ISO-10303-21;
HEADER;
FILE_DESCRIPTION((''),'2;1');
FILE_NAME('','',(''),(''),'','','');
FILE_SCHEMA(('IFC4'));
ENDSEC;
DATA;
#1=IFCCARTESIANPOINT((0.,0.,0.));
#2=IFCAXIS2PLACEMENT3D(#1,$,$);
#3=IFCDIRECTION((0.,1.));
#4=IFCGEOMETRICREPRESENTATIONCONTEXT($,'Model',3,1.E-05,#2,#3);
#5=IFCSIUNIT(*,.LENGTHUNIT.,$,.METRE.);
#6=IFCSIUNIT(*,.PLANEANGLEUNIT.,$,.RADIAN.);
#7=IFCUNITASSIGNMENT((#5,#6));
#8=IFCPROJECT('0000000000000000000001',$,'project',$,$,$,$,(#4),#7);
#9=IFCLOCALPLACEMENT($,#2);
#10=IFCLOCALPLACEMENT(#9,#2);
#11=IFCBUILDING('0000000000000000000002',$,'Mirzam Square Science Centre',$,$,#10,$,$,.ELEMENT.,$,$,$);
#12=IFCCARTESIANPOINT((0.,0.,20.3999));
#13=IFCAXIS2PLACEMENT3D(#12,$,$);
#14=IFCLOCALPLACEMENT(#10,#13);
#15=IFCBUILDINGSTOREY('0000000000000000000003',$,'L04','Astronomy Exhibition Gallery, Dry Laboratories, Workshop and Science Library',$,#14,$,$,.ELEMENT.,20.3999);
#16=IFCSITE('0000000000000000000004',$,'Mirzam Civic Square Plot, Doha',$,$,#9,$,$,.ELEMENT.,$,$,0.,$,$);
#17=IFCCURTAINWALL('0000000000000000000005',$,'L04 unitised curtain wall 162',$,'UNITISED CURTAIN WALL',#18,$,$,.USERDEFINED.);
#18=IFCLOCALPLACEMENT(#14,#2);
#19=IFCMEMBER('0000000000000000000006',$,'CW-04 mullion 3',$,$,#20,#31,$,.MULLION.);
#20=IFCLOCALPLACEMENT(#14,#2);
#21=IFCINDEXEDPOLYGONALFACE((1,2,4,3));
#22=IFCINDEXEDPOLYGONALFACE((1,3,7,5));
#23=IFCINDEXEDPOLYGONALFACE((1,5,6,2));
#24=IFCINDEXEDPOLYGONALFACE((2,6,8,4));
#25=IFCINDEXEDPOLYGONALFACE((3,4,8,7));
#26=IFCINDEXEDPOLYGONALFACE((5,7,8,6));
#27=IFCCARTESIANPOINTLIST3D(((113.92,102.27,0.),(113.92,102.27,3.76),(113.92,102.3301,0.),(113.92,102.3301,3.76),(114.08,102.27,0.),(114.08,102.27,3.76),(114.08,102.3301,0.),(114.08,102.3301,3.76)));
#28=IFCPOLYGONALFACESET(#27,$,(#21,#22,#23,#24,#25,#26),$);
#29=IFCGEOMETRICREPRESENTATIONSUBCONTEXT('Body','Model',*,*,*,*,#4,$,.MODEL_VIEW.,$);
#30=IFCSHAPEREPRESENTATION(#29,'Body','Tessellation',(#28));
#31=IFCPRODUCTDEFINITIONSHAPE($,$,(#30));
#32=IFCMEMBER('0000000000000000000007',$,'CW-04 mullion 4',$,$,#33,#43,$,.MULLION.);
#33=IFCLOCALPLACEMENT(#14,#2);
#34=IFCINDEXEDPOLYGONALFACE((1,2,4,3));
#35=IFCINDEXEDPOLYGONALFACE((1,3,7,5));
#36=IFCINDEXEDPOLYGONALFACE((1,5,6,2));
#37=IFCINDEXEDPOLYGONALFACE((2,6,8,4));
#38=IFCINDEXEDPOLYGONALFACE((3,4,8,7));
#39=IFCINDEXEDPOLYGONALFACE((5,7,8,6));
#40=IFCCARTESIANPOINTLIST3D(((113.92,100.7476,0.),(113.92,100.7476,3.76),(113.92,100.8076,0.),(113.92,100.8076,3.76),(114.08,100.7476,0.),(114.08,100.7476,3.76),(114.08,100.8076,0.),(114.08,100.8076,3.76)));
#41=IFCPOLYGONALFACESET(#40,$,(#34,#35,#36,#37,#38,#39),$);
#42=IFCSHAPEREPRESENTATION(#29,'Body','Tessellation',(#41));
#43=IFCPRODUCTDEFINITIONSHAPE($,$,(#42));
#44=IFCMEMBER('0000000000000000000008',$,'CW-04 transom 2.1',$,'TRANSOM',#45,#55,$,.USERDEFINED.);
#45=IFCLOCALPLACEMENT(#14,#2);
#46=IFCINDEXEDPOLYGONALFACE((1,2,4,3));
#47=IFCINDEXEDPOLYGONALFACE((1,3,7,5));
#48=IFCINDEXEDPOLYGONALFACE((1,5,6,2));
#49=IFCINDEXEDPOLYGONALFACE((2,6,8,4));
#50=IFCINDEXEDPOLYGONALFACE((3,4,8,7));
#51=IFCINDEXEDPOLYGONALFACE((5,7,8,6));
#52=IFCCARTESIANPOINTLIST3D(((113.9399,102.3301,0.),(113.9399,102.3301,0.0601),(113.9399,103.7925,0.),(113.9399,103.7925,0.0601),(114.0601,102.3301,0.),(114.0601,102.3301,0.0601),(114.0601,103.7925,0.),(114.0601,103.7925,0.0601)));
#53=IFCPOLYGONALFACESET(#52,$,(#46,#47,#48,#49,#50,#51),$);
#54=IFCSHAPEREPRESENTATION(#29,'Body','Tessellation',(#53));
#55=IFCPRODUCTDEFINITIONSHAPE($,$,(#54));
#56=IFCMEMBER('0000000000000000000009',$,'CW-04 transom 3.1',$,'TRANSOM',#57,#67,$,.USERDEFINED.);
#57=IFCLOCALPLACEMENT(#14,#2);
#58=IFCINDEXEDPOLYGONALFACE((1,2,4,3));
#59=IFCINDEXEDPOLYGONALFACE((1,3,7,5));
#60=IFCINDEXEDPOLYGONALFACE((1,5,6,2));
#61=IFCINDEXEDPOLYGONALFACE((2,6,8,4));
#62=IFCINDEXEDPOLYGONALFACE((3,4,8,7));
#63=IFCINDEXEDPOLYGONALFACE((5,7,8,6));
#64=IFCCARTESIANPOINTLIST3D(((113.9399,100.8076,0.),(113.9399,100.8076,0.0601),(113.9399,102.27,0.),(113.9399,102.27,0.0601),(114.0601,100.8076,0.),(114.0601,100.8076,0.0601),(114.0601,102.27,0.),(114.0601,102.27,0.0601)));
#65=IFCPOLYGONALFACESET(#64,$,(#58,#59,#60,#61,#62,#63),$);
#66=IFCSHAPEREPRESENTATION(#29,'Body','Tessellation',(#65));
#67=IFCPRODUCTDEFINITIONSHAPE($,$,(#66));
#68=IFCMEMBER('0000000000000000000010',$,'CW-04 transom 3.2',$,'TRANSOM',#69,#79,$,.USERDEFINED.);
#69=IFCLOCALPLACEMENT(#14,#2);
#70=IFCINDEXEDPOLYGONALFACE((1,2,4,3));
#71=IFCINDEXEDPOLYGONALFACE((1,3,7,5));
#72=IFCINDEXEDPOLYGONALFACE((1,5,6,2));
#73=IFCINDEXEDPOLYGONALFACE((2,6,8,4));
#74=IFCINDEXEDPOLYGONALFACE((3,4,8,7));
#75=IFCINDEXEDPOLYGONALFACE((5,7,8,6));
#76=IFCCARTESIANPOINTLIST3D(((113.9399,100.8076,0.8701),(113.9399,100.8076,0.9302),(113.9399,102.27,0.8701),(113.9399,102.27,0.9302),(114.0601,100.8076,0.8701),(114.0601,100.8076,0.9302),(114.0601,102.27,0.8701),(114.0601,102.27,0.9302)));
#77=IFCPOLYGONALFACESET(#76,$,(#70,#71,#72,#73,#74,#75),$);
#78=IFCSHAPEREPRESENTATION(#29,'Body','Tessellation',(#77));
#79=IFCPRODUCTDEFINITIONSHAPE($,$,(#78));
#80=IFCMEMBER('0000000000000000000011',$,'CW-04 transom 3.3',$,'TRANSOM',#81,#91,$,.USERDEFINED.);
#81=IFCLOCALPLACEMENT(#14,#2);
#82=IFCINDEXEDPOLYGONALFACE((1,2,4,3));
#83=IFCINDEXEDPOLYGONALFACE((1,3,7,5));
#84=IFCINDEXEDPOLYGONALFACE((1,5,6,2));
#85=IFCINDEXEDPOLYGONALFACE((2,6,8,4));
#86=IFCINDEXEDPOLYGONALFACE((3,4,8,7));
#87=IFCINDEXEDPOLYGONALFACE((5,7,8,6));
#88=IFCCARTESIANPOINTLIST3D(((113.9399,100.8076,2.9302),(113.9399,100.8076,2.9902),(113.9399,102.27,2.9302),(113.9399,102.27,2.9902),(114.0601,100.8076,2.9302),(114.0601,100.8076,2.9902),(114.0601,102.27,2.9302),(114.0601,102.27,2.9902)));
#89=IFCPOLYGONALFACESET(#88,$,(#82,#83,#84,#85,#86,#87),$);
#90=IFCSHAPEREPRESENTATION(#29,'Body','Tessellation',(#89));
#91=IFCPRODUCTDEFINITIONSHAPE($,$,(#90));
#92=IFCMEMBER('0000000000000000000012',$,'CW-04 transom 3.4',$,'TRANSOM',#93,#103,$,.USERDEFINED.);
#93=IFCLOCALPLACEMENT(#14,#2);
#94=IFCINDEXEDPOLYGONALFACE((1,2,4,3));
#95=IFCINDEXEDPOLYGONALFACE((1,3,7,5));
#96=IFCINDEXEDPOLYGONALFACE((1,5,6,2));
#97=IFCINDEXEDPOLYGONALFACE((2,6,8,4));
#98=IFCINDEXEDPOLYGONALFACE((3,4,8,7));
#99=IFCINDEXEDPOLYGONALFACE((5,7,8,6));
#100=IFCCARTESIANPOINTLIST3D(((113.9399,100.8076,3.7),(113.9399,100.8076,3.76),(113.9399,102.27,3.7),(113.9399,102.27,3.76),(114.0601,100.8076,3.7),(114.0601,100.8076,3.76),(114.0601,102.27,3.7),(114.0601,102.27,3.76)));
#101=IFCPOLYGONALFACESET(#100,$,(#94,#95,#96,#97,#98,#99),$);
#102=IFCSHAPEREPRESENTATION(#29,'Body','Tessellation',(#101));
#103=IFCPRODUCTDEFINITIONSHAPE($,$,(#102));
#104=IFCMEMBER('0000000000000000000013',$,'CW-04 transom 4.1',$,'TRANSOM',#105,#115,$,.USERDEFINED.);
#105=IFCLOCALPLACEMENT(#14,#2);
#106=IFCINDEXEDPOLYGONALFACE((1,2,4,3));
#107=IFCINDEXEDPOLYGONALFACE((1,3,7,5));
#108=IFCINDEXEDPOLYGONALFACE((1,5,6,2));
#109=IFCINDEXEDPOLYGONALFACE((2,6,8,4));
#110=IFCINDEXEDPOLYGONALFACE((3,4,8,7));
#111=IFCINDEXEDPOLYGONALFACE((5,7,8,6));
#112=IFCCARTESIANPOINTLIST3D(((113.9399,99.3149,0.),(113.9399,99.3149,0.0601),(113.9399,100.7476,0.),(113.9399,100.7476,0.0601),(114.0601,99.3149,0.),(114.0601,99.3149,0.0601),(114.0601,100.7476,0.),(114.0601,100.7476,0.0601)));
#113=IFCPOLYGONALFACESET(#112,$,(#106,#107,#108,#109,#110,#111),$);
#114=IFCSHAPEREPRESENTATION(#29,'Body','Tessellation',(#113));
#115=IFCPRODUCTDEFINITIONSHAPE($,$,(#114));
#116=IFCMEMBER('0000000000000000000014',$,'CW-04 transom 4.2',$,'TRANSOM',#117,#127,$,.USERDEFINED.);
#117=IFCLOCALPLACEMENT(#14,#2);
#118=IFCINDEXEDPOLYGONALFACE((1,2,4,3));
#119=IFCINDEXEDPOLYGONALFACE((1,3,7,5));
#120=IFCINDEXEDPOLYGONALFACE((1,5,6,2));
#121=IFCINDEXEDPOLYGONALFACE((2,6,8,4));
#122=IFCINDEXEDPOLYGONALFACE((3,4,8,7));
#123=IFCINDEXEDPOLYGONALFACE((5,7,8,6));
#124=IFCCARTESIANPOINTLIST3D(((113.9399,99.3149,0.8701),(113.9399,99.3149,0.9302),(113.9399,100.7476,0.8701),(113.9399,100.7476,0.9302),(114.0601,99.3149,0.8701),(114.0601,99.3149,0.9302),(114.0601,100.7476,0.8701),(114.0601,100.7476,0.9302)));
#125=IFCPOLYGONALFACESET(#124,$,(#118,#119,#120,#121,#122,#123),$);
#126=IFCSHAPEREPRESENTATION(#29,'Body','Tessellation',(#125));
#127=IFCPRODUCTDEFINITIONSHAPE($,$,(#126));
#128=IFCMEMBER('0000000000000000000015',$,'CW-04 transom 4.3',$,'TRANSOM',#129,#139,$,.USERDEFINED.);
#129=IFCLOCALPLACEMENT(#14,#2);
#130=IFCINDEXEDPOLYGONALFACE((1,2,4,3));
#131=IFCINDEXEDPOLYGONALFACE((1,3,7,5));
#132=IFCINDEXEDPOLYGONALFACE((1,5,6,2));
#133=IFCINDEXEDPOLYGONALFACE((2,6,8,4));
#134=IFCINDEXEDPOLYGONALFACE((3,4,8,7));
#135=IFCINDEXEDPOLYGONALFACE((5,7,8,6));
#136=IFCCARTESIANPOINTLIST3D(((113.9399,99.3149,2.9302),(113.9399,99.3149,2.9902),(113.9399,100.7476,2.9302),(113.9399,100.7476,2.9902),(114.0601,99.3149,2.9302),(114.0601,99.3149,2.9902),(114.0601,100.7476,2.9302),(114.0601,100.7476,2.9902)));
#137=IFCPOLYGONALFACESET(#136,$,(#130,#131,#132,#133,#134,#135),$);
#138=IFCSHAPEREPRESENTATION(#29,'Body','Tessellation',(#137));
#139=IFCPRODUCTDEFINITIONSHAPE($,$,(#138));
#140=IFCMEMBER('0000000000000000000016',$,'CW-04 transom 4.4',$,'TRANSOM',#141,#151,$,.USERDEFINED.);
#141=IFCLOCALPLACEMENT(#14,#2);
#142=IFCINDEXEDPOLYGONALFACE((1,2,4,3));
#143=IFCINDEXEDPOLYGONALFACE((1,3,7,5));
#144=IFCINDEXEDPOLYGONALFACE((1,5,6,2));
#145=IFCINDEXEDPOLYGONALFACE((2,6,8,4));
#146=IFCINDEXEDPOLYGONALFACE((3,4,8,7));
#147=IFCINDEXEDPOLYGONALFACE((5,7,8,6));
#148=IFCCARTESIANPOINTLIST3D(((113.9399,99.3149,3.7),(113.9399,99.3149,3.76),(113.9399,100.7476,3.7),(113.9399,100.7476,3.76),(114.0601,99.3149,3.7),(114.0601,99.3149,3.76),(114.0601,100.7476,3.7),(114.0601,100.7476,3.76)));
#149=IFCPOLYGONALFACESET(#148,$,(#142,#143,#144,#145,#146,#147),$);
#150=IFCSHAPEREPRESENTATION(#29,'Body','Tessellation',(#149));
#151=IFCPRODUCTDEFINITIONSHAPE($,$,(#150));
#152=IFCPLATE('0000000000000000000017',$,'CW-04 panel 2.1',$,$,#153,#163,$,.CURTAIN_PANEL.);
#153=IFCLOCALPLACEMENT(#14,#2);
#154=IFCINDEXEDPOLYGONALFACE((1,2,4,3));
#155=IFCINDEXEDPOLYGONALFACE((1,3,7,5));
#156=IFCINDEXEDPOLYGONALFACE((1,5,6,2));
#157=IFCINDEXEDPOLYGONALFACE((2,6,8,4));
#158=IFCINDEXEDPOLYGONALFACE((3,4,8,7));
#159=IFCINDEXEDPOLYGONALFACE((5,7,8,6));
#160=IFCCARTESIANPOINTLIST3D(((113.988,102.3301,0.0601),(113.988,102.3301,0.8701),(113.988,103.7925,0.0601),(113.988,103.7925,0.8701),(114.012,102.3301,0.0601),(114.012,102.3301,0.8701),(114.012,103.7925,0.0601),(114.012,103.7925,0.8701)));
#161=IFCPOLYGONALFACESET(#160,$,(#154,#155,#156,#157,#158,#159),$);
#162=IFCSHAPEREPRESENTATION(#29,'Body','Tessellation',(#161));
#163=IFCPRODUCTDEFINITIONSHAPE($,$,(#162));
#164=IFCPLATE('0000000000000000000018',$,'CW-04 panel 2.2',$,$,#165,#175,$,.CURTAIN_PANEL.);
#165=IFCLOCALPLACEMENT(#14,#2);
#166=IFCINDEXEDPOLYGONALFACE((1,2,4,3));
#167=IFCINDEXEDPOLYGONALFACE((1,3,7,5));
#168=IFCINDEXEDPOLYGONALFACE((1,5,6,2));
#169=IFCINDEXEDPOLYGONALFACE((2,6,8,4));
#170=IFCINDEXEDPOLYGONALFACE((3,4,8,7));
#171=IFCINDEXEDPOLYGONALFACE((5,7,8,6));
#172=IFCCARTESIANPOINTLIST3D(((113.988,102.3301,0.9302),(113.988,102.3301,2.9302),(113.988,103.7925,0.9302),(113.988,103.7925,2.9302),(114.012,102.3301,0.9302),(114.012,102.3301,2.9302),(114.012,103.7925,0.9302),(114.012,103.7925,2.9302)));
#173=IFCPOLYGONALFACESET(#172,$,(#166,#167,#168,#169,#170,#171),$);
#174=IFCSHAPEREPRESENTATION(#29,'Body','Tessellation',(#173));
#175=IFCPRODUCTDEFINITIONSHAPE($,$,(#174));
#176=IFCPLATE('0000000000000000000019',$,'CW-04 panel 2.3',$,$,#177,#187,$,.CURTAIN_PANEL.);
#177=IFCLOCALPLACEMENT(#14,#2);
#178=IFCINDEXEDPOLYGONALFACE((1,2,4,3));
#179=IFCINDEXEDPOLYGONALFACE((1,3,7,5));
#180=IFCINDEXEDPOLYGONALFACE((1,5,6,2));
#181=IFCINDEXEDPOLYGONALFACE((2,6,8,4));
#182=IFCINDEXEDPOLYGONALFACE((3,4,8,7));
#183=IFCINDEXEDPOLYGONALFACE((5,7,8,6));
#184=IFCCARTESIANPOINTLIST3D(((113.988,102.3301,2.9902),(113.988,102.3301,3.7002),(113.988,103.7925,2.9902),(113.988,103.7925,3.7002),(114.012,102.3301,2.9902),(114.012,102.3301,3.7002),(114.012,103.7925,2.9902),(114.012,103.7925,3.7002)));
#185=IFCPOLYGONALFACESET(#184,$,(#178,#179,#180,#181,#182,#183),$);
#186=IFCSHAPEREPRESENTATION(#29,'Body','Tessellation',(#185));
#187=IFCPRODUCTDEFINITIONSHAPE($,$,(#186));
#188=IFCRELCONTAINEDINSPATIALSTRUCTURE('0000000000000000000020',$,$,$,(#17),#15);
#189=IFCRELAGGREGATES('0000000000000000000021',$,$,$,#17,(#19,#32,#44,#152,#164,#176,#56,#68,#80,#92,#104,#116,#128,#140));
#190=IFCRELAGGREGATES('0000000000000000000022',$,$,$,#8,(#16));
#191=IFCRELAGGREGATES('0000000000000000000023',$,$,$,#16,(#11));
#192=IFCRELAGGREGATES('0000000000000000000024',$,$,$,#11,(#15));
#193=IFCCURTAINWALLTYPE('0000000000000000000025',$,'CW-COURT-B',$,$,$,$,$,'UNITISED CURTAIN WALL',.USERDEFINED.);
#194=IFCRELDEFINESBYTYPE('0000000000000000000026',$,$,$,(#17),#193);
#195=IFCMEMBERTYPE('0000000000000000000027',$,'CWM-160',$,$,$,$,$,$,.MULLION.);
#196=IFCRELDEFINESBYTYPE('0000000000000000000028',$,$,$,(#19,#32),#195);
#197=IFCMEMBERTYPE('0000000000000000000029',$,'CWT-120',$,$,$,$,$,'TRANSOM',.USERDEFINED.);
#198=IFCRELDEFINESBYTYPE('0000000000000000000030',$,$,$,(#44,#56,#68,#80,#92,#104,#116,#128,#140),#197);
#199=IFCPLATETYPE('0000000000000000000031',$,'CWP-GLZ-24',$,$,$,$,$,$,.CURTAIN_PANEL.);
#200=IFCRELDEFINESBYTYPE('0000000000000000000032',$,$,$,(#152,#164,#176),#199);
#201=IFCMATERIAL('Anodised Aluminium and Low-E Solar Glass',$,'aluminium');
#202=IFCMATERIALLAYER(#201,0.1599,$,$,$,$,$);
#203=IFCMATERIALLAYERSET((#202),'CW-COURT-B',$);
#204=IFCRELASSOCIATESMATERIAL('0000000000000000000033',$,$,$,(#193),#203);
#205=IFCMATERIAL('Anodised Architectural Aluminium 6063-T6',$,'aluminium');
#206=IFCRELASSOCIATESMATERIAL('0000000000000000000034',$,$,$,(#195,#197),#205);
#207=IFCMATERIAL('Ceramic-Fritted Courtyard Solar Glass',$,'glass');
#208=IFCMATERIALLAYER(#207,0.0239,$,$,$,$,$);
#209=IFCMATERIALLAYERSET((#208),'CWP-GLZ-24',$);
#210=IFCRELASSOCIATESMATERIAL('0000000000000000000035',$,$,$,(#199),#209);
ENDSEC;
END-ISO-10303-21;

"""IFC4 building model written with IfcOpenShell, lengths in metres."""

from ifc_helpers import new_model, si_unit, direction, frame, origin, origin_2d, place, context, subcontext, project, spatial, rectangle, extrude, material, layer, layer_set, material_profile, profile_set, type_object, element, aggregate, save


model = new_model("IFC4")

# Units and contexts
model_context = context("Model", 3, precision=1e-05, world=origin(), true_north=direction((0.0, 1.0)))
body_context = subcontext(model_context, "Body", "Model", "MODEL_VIEW")
ifc_project = project(units=[si_unit("LENGTHUNIT", "METRE"), si_unit("PLANEANGLEUNIT", "RADIAN")], contexts=[model_context])

# Site, building, storey
site_placement = place(None, origin())
site = spatial("IfcSite", under=ifc_project, at=site_placement, Name="Mirzam Civic Square Plot, Doha", CompositionType="ELEMENT", RefElevation=0.0)
building_placement = place(site_placement, origin())
building = spatial("IfcBuilding", under=site, at=building_placement, Name="Mirzam Square Science Centre", CompositionType="ELEMENT")
storey_placement = place(building_placement, frame((0.0, 0.0, 20.3999)))
storey = spatial("IfcBuildingStorey", under=building, at=storey_placement, Name="L04", Description="Astronomy Exhibition Gallery, Dry Laboratories, Workshop and Science Library", CompositionType="ELEMENT", Elevation=20.3999)

# Curtain wall, members, plates
ifc_material_1 = material(Name="Anodised Aluminium and Low-E Solar Glass", Category="aluminium")
ifc_layer_1 = layer(ifc_material_1, 0.1599)
ifc_layer_set_1 = layer_set([ifc_layer_1], Name="CW-COURT-B")
curtain_wall_type = type_object("IfcCurtainWallType", Name="CW-COURT-B", ElementType="UNITISED CURTAIN WALL", PredefinedType="USERDEFINED", material=ifc_layer_set_1)
curtain_wall_placement = place(storey_placement, origin())
curtain_wall = element("IfcCurtainWall", 1, at=curtain_wall_placement, inside=storey, type_object=curtain_wall_type, Name="L04 unitised curtain wall 162", ObjectType="UNITISED CURTAIN WALL", PredefinedType="USERDEFINED")
ifc_material_2 = material(Name="Anodised Architectural Aluminium 6063-T6", Category="aluminium")
ifc_material_profile_1 = material_profile(ifc_material_2, rectangle(XDim=0.0601, YDim=0.1599, at=origin_2d()), Name="ALU-MULL-160x60x4")
ifc_profile_set_1 = profile_set([ifc_material_profile_1], Name="Anodised Architectural Aluminium 6063-T6")
member_type_1 = type_object("IfcMemberType", Name="CWM-160", PredefinedType="MULLION", material=ifc_profile_set_1)
member_1_placement = place(storey_placement, frame((114.0, 102.3, 0.0), z_axis=(0.0, 0.0, 1.0), x_axis=(0.0, -1.0, 0.0)))
member_1 = element("IfcMember", 2, at=member_1_placement, type_object=member_type_1, Name="CW-04 mullion 3", PredefinedType="MULLION", context=body_context, shape_type="SweptSolid", body=[
    extrude(rectangle(XDim=0.0601, YDim=0.1599, at=origin_2d()), origin(), (0.0, 0.0, 1.0), 3.76),
])
member_2_placement = place(storey_placement, frame((114.0, 100.7776, 0.0), z_axis=(0.0, 0.0, 1.0), x_axis=(0.0, -1.0, 0.0)))
member_2 = element("IfcMember", 3, at=member_2_placement, type_object=member_type_1, Name="CW-04 mullion 4", PredefinedType="MULLION", context=body_context, shape_type="SweptSolid", body=[
    extrude(rectangle(XDim=0.0601, YDim=0.1599, at=origin_2d()), origin(), (0.0, 0.0, 1.0), 3.76),
])
ifc_material_profile_2 = material_profile(ifc_material_2, rectangle(XDim=0.1201, YDim=0.0601, at=origin_2d()), Name="ALU-TRAN-120x60x4")
ifc_profile_set_2 = profile_set([ifc_material_profile_2], Name="Anodised Architectural Aluminium 6063-T6")
member_type_2 = type_object("IfcMemberType", Name="CWT-120", ElementType="TRANSOM", PredefinedType="USERDEFINED", material=ifc_profile_set_2)
member_3_placement = place(storey_placement, frame((114.0, 103.7925, 0.03), z_axis=(0.0, -1.0, 0.0), x_axis=(1.0, 0.0, 0.0)))
member_3 = element("IfcMember", 4, at=member_3_placement, type_object=member_type_2, Name="CW-04 transom 2.1", ObjectType="TRANSOM", PredefinedType="USERDEFINED", context=body_context, shape_type="SweptSolid", body=[
    extrude(rectangle(XDim=0.1201, YDim=0.0601, at=origin_2d()), origin(), (0.0, 0.0, 1.0), 1.4624),
])
member_4_placement = place(storey_placement, frame((114.0, 102.27, 0.03), z_axis=(0.0, -1.0, 0.0), x_axis=(1.0, 0.0, 0.0)))
member_4 = element("IfcMember", 5, at=member_4_placement, type_object=member_type_2, Name="CW-04 transom 3.1", ObjectType="TRANSOM", PredefinedType="USERDEFINED", context=body_context, shape_type="SweptSolid", body=[
    extrude(rectangle(XDim=0.1201, YDim=0.0601, at=origin_2d()), origin(), (0.0, 0.0, 1.0), 1.4624),
])
member_5_placement = place(storey_placement, frame((114.0, 102.27, 0.9001), z_axis=(0.0, -1.0, 0.0), x_axis=(1.0, 0.0, 0.0)))
member_5 = element("IfcMember", 6, at=member_5_placement, type_object=member_type_2, Name="CW-04 transom 3.2", ObjectType="TRANSOM", PredefinedType="USERDEFINED", context=body_context, shape_type="SweptSolid", body=[
    extrude(rectangle(XDim=0.1201, YDim=0.0601, at=origin_2d()), origin(), (0.0, 0.0, 1.0), 1.4624),
])
member_6_placement = place(storey_placement, frame((114.0, 102.27, 2.9602), z_axis=(0.0, -1.0, 0.0), x_axis=(1.0, 0.0, 0.0)))
member_6 = element("IfcMember", 7, at=member_6_placement, type_object=member_type_2, Name="CW-04 transom 3.3", ObjectType="TRANSOM", PredefinedType="USERDEFINED", context=body_context, shape_type="SweptSolid", body=[
    extrude(rectangle(XDim=0.1201, YDim=0.0601, at=origin_2d()), origin(), (0.0, 0.0, 1.0), 1.4624),
])
member_7_placement = place(storey_placement, frame((114.0, 102.27, 3.73), z_axis=(0.0, -1.0, 0.0), x_axis=(1.0, 0.0, 0.0)))
member_7 = element("IfcMember", 8, at=member_7_placement, type_object=member_type_2, Name="CW-04 transom 3.4", ObjectType="TRANSOM", PredefinedType="USERDEFINED", context=body_context, shape_type="SweptSolid", body=[
    extrude(rectangle(XDim=0.1201, YDim=0.0601, at=origin_2d()), origin(), (0.0, 0.0, 1.0), 1.4624),
])
member_8_placement = place(storey_placement, frame((114.0, 100.7476, 0.03), z_axis=(0.0, -1.0, 0.0), x_axis=(1.0, 0.0, 0.0)))
member_8 = element("IfcMember", 9, at=member_8_placement, type_object=member_type_2, Name="CW-04 transom 4.1", ObjectType="TRANSOM", PredefinedType="USERDEFINED", context=body_context, shape_type="SweptSolid", body=[
    extrude(rectangle(XDim=0.1201, YDim=0.0601, at=origin_2d()), origin(), (0.0, 0.0, 1.0), 1.4326),
])
member_9_placement = place(storey_placement, frame((114.0, 100.7476, 0.9001), z_axis=(0.0, -1.0, 0.0), x_axis=(1.0, 0.0, 0.0)))
member_9 = element("IfcMember", 10, at=member_9_placement, type_object=member_type_2, Name="CW-04 transom 4.2", ObjectType="TRANSOM", PredefinedType="USERDEFINED", context=body_context, shape_type="SweptSolid", body=[
    extrude(rectangle(XDim=0.1201, YDim=0.0601, at=origin_2d()), origin(), (0.0, 0.0, 1.0), 1.4326),
])
member_10_placement = place(storey_placement, frame((114.0, 100.7476, 2.9602), z_axis=(0.0, -1.0, 0.0), x_axis=(1.0, 0.0, 0.0)))
member_10 = element("IfcMember", 11, at=member_10_placement, type_object=member_type_2, Name="CW-04 transom 4.3", ObjectType="TRANSOM", PredefinedType="USERDEFINED", context=body_context, shape_type="SweptSolid", body=[
    extrude(rectangle(XDim=0.1201, YDim=0.0601, at=origin_2d()), origin(), (0.0, 0.0, 1.0), 1.4326),
])
member_11_placement = place(storey_placement, frame((114.0, 100.7476, 3.73), z_axis=(0.0, -1.0, 0.0), x_axis=(1.0, 0.0, 0.0)))
member_11 = element("IfcMember", 12, at=member_11_placement, type_object=member_type_2, Name="CW-04 transom 4.4", ObjectType="TRANSOM", PredefinedType="USERDEFINED", context=body_context, shape_type="SweptSolid", body=[
    extrude(rectangle(XDim=0.1201, YDim=0.0601, at=origin_2d()), origin(), (0.0, 0.0, 1.0), 1.4326),
])
ifc_material_3 = material(Name="Ceramic-Fritted Courtyard Solar Glass", Category="glass")
ifc_layer_2 = layer(ifc_material_3, 0.0239)
ifc_layer_set_2 = layer_set([ifc_layer_2], Name="CWP-GLZ-24")
plate_type = type_object("IfcPlateType", Name="CWP-GLZ-24", PredefinedType="CURTAIN_PANEL", material=ifc_layer_set_2)
plate_1_placement = place(storey_placement, frame((114.0, 103.0613, 0.0601), z_axis=(0.0, 0.0, 1.0), x_axis=(0.0, -1.0, 0.0)))
plate_1 = element("IfcPlate", 13, at=plate_1_placement, type_object=plate_type, Name="CW-04 panel 2.1", PredefinedType="CURTAIN_PANEL", context=body_context, shape_type="SweptSolid", body=[
    extrude(rectangle(XDim=1.4624, YDim=0.0239, at=origin_2d()), origin(), (0.0, 0.0, 1.0), 0.8101),
])
plate_2_placement = place(storey_placement, frame((114.0, 103.0613, 0.9302), z_axis=(0.0, 0.0, 1.0), x_axis=(0.0, -1.0, 0.0)))
plate_2 = element("IfcPlate", 14, at=plate_2_placement, type_object=plate_type, Name="CW-04 panel 2.2", PredefinedType="CURTAIN_PANEL", context=body_context, shape_type="SweptSolid", body=[
    extrude(rectangle(XDim=1.4624, YDim=0.0239, at=origin_2d()), origin(), (0.0, 0.0, 1.0), 2.0),
])
plate_3_placement = place(storey_placement, frame((114.0, 103.0613, 2.9902), z_axis=(0.0, 0.0, 1.0), x_axis=(0.0, -1.0, 0.0)))
plate_3 = element("IfcPlate", 15, at=plate_3_placement, type_object=plate_type, Name="CW-04 panel 2.3", PredefinedType="CURTAIN_PANEL", context=body_context, shape_type="SweptSolid", body=[
    extrude(rectangle(XDim=1.4624, YDim=0.0239, at=origin_2d()), origin(), (0.0, 0.0, 1.0), 0.71),
])
aggregate(curtain_wall, [member_1, member_2, member_3, plate_1, plate_2, plate_3, member_4, member_5, member_6, member_7, member_8, member_9, member_10, member_11])

save(model, "model.ifc")
